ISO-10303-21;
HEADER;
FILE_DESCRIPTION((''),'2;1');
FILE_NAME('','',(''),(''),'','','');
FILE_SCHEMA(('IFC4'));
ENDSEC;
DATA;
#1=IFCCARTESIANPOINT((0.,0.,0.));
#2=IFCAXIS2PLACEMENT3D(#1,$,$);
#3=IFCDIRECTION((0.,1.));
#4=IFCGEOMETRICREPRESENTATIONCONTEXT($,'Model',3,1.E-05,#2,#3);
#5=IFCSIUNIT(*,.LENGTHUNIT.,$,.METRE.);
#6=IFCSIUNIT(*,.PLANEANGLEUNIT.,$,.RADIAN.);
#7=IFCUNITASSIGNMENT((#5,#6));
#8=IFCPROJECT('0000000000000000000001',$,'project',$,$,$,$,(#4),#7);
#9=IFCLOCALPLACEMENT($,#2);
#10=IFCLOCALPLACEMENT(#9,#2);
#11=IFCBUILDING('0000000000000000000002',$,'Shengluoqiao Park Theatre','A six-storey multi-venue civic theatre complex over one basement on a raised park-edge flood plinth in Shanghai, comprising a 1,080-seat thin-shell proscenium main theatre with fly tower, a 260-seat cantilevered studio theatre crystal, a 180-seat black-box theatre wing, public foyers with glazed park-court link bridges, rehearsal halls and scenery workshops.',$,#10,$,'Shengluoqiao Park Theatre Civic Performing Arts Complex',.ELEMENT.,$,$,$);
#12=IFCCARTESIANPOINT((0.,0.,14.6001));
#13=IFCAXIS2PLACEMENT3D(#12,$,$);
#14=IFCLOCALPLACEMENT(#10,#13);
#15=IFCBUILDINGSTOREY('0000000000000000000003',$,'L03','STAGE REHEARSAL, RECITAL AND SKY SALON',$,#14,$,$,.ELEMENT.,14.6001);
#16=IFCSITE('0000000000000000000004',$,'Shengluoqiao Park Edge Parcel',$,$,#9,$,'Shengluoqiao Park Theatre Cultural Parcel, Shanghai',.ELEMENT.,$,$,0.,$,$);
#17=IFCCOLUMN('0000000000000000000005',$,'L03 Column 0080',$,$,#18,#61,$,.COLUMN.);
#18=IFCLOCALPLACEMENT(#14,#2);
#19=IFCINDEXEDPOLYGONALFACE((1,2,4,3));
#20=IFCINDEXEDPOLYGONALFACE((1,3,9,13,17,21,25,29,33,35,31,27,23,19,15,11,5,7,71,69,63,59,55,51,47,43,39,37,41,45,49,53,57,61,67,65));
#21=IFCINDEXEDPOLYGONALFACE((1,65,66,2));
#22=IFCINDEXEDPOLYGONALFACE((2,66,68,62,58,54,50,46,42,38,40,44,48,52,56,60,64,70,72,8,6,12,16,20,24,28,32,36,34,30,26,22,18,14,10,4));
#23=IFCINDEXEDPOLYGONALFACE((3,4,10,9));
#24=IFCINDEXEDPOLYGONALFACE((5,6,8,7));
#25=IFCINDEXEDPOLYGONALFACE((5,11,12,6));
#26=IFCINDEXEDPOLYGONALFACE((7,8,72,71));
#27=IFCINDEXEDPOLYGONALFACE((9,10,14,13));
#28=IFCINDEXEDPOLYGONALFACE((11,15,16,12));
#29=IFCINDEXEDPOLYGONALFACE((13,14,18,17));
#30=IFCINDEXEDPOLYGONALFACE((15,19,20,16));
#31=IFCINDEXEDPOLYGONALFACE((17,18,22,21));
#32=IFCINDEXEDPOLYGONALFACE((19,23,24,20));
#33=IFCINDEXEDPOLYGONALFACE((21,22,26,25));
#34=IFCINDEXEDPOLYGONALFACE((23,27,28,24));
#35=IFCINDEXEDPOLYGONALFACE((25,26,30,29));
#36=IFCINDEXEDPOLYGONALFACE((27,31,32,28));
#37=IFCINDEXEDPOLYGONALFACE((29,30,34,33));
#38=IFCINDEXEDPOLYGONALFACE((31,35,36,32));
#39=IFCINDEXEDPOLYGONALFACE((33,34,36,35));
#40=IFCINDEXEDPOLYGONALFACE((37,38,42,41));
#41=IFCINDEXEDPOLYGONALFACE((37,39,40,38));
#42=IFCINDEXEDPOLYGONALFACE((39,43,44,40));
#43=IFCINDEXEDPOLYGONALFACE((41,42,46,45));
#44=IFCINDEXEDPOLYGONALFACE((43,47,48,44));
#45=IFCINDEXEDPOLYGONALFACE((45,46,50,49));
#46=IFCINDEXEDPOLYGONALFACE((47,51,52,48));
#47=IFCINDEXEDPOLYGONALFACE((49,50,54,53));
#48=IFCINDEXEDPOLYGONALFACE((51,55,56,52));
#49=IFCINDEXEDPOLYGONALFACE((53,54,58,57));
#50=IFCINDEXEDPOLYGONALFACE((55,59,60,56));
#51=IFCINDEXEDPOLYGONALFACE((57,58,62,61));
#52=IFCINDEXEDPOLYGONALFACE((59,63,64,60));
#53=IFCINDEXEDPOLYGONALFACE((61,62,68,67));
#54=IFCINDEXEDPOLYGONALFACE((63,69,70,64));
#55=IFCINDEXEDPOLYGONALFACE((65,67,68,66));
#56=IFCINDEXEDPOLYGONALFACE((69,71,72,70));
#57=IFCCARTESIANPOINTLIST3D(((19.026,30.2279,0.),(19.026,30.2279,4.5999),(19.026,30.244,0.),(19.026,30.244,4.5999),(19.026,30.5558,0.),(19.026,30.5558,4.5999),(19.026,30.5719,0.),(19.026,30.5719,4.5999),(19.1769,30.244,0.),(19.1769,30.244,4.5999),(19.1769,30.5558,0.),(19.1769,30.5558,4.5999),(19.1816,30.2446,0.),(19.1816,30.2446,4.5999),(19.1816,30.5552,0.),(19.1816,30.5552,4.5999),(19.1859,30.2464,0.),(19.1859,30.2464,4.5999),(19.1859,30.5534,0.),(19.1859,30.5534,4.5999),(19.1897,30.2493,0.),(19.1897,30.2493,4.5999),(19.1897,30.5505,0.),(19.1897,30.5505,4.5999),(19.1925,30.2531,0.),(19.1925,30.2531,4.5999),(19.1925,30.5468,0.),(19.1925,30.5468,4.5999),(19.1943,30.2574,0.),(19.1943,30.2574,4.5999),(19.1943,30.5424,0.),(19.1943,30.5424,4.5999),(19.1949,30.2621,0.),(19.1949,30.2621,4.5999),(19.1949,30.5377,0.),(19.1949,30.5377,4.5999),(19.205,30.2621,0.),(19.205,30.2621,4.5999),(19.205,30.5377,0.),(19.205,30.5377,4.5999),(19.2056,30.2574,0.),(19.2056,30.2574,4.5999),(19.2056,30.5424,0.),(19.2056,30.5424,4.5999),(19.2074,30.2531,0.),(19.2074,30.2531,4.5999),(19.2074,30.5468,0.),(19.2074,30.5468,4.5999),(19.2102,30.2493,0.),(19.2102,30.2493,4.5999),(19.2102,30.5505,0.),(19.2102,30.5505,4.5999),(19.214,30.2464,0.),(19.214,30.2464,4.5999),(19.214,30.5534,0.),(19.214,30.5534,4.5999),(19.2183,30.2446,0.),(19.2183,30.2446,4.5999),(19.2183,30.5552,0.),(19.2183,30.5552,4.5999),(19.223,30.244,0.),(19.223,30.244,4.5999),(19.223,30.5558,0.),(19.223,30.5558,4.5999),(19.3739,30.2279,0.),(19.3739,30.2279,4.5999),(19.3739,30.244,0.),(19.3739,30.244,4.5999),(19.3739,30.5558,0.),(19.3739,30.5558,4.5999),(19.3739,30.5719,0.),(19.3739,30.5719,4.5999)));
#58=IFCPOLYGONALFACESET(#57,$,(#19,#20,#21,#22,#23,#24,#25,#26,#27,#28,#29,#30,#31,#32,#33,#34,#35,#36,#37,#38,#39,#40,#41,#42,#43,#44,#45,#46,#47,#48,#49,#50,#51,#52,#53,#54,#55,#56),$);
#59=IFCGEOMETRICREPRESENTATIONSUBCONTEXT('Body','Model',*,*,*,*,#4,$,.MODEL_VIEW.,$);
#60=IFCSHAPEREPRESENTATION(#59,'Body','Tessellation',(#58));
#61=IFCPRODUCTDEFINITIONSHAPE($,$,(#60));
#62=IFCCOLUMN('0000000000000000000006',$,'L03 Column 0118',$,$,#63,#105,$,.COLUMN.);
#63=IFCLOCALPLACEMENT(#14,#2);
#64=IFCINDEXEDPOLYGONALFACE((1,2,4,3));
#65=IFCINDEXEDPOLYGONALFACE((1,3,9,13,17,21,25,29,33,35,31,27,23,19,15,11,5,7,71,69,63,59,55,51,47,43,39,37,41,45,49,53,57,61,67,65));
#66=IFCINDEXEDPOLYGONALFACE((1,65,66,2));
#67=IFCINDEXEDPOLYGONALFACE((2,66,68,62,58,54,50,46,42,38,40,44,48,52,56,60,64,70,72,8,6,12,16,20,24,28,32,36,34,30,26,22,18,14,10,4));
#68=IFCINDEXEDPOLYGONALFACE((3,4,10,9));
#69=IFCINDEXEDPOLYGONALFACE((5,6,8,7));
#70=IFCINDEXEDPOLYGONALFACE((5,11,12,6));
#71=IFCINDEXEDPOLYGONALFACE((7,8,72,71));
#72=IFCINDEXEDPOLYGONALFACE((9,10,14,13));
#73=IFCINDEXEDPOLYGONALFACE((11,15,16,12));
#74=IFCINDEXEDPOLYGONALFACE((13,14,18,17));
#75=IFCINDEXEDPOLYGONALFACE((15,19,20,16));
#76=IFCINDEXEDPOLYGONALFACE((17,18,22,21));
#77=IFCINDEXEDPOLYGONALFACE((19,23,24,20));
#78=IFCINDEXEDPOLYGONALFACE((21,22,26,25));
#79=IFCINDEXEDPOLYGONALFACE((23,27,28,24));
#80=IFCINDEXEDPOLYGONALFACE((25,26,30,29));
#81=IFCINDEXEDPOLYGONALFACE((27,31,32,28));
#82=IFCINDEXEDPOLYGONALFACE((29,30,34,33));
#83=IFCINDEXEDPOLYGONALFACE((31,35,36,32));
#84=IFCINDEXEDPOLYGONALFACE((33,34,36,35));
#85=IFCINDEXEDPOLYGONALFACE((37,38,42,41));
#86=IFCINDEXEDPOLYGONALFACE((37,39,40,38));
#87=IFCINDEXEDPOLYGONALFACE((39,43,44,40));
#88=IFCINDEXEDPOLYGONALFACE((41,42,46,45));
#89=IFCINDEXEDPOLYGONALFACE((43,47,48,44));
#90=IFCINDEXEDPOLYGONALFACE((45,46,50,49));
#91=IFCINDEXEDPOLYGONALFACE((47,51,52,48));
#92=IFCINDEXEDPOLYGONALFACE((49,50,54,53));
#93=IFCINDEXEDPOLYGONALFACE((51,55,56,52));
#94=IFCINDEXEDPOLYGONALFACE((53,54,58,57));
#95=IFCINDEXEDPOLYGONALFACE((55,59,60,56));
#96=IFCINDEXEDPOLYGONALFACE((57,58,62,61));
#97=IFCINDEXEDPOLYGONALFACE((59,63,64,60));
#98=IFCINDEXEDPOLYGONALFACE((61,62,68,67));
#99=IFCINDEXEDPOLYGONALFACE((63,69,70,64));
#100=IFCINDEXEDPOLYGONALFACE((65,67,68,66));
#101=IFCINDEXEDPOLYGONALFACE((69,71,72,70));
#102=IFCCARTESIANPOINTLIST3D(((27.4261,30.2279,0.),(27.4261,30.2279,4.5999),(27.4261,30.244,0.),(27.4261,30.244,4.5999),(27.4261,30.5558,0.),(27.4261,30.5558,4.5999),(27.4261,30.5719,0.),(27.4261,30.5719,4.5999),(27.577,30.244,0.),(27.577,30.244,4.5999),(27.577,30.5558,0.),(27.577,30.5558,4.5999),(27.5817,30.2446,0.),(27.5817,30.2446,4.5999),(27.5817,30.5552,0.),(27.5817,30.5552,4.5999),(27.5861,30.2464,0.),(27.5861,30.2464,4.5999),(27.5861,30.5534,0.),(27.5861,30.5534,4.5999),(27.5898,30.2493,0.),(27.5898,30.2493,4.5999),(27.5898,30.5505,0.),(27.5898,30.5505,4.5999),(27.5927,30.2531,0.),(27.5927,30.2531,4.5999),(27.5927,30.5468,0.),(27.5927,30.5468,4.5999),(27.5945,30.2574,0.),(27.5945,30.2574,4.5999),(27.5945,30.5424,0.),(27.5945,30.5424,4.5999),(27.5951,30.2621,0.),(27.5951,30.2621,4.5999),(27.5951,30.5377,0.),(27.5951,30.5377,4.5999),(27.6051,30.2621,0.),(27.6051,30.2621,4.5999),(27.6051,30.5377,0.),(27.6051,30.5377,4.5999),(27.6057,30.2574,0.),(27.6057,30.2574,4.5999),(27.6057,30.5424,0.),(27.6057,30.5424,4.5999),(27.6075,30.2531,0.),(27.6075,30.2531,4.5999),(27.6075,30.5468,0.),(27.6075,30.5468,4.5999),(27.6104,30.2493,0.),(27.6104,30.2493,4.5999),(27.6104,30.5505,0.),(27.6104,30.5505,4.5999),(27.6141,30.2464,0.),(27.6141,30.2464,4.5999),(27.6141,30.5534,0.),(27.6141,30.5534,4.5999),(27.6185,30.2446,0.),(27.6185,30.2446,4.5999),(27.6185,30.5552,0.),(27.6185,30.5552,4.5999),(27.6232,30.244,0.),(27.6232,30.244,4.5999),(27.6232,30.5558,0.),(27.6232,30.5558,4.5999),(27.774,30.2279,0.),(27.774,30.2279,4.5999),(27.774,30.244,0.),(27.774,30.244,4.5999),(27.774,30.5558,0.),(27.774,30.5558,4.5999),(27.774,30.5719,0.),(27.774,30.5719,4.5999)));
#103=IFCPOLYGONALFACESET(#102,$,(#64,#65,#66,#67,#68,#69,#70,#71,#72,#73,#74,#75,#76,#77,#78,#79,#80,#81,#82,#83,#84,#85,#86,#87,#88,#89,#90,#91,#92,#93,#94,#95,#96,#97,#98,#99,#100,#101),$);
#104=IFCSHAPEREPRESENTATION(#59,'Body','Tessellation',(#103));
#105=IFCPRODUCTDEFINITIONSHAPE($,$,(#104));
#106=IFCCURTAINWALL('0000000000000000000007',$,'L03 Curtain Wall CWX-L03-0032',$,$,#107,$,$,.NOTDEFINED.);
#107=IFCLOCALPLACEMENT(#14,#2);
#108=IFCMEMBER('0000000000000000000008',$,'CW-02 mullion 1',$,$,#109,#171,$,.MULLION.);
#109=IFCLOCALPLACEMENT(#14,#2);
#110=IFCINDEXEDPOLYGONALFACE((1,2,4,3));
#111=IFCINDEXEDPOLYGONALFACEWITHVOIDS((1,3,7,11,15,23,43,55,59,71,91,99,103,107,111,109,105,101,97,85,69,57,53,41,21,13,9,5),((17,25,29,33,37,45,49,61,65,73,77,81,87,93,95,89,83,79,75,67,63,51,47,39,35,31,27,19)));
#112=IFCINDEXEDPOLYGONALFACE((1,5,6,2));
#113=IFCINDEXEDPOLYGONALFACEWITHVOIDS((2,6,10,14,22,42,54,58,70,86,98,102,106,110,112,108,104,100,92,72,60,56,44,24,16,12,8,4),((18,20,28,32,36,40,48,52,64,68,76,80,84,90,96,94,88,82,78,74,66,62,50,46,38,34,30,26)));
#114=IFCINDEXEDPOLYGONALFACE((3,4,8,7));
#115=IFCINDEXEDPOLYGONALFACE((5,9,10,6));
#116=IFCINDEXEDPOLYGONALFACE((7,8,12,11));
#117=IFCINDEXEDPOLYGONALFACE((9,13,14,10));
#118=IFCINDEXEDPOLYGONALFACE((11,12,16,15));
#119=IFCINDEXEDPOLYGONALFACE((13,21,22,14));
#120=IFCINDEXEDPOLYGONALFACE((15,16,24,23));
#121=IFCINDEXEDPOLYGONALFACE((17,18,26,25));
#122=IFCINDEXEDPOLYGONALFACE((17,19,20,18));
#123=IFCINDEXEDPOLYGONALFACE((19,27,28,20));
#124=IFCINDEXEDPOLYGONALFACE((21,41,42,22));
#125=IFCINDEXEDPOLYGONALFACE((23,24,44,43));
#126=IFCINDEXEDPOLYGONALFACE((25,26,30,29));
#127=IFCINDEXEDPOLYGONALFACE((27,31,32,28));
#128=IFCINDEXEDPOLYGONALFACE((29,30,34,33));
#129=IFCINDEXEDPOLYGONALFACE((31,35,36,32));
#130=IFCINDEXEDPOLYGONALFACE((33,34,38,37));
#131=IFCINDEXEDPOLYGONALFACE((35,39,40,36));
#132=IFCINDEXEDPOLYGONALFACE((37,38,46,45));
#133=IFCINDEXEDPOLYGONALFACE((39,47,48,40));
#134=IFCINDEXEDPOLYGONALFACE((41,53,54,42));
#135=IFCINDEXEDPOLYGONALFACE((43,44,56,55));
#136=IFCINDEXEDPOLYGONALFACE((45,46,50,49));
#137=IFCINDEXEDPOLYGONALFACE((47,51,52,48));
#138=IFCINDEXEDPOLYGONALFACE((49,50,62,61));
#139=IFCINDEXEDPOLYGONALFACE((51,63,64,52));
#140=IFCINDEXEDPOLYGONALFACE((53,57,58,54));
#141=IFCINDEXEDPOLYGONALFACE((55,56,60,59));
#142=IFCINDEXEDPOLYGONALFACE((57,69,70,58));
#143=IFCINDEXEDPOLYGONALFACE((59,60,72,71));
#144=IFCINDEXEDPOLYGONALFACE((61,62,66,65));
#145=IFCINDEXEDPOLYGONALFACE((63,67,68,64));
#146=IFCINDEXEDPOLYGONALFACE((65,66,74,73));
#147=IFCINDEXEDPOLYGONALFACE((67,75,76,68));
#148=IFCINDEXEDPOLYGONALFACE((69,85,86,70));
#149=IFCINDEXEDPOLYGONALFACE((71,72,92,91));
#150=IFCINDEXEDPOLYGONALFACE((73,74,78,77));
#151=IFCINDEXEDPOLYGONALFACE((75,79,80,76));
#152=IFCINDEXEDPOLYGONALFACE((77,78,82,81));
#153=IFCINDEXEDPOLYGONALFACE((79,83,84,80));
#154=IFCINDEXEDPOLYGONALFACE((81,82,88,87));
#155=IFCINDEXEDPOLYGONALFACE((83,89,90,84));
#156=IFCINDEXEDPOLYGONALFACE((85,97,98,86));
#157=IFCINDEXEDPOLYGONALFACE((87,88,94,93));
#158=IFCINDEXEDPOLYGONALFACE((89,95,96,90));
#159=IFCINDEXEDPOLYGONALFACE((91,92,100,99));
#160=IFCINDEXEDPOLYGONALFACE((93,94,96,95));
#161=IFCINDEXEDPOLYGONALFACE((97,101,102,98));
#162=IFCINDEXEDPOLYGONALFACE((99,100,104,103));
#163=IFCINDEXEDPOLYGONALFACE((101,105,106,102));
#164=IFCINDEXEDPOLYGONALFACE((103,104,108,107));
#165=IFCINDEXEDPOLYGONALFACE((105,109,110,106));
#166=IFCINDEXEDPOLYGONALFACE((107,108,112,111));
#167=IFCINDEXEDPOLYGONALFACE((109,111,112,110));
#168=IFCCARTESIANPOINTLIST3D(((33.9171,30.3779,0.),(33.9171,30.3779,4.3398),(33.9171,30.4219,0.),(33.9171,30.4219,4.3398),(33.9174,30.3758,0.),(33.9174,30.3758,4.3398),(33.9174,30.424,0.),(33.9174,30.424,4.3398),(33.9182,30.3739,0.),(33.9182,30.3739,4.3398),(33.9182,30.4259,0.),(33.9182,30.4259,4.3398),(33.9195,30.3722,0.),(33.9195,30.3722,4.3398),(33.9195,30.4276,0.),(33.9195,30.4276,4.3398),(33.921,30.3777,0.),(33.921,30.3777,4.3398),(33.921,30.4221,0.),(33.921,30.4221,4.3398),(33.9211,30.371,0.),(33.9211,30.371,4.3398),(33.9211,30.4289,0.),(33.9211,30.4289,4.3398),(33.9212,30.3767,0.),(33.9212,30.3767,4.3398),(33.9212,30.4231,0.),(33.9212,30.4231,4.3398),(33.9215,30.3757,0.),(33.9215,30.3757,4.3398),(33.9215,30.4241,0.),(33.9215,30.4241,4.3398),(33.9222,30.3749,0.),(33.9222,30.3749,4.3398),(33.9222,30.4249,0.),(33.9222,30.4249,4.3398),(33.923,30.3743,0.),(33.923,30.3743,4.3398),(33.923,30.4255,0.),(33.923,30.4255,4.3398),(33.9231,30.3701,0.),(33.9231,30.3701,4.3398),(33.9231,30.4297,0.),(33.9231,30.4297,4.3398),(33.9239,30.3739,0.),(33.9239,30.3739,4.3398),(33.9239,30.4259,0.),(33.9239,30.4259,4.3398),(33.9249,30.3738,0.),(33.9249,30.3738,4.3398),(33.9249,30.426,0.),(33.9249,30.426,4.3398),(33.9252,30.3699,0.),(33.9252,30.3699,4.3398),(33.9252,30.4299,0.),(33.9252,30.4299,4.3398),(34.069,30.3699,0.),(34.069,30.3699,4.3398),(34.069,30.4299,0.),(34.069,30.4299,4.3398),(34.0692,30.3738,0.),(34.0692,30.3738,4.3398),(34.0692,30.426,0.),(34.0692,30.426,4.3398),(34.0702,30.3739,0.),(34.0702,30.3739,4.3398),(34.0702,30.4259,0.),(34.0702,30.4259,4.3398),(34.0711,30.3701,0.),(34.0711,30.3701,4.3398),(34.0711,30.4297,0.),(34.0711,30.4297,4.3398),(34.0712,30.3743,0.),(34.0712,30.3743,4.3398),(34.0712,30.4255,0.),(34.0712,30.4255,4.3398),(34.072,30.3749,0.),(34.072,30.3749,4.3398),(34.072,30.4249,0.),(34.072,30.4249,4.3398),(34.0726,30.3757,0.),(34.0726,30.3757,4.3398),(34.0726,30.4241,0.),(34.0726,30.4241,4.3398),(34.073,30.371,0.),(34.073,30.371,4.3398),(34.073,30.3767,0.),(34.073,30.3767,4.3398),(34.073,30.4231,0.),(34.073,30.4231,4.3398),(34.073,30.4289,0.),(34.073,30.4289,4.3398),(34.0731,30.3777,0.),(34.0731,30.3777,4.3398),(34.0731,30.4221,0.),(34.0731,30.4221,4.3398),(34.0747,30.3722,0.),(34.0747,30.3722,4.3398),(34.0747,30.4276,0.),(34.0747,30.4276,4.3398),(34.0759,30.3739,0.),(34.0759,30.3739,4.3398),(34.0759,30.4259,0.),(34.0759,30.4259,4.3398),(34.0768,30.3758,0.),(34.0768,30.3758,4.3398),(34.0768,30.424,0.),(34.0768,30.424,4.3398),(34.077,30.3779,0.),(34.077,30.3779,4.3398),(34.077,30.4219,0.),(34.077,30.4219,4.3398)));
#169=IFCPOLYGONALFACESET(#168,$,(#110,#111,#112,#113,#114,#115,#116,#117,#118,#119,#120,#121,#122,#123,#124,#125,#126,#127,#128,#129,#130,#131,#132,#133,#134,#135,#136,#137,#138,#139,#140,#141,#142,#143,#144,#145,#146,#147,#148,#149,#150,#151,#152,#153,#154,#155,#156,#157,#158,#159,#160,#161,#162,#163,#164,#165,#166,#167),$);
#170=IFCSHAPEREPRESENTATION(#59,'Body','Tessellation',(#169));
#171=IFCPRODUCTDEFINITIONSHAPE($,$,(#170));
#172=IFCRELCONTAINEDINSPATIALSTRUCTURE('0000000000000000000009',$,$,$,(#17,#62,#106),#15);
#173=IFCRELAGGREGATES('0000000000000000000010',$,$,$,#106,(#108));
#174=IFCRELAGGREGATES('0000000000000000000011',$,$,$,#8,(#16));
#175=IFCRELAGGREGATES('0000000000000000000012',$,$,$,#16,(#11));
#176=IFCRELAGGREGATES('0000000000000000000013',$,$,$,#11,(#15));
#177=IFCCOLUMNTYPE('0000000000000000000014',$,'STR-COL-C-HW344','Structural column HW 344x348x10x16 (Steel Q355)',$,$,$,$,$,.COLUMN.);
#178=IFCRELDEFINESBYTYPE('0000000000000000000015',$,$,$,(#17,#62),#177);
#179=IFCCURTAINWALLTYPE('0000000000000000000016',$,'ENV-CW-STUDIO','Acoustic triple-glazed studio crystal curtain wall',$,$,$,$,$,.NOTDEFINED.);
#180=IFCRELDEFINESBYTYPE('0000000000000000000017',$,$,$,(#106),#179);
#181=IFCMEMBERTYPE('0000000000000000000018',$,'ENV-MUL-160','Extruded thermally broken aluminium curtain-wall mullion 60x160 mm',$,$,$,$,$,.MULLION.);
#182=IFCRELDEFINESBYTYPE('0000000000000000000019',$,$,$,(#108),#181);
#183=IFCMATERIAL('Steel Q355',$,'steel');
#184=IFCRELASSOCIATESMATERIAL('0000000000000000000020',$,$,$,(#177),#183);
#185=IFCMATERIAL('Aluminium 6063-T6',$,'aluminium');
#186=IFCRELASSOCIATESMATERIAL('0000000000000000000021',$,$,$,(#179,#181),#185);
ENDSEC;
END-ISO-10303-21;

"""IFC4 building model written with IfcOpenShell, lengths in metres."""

from ifc_helpers import new_model, si_unit, direction, frame, origin, origin_2d, place, context, subcontext, project, spatial, hollow_rectangle, i_section, extrude, material, material_profile, profile_set, type_object, element, aggregate, save


model = new_model("IFC4")

# Units and contexts
model_context = context("Model", 3, precision=1e-05, world=origin(), true_north=direction((0.0, 1.0)))
body_context = subcontext(model_context, "Body", "Model", "MODEL_VIEW")
ifc_project = project(units=[si_unit("LENGTHUNIT", "METRE"), si_unit("PLANEANGLEUNIT", "RADIAN")], contexts=[model_context])

# Site, building, storey
site_placement = place(None, origin())
site = spatial("IfcSite", under=ifc_project, at=site_placement, Name="Shengluoqiao Park Edge Parcel", LongName="Shengluoqiao Park Theatre Cultural Parcel, Shanghai", CompositionType="ELEMENT", RefElevation=0.0)
building_placement = place(site_placement, origin())
building = spatial("IfcBuilding", under=site, at=building_placement, Name="Shengluoqiao Park Theatre", Description="A six-storey multi-venue civic theatre complex over one basement on a raised park-edge flood plinth in Shanghai, comprising a 1,080-seat thin-shell proscenium main theatre with fly tower, a 260-seat cantilevered studio theatre crystal, a 180-seat black-box theatre wing, public foyers with glazed park-court link bridges, rehearsal halls and scenery workshops.", LongName="Shengluoqiao Park Theatre Civic Performing Arts Complex", CompositionType="ELEMENT")
storey_placement = place(building_placement, frame((0.0, 0.0, 14.6001)))
storey = spatial("IfcBuildingStorey", under=building, at=storey_placement, Name="L03", Description="STAGE REHEARSAL, RECITAL AND SKY SALON", CompositionType="ELEMENT", Elevation=14.6001)

# Columns
ifc_material_1 = material(Name="Steel Q355", Category="steel")
ifc_material_profile_1 = material_profile(ifc_material_1, i_section(OverallWidth=0.3479, OverallDepth=0.344, WebThickness=0.01, FlangeThickness=0.0161, FilletRadius=0.0181, at=origin_2d()), Name="HW 344x348x10x16")
ifc_profile_set_1 = profile_set([ifc_material_profile_1], Name="Steel Q355")
column_type = type_object("IfcColumnType", Name="STR-COL-C-HW344", Description="Structural column HW 344x348x10x16 (Steel Q355)", PredefinedType="COLUMN", material=ifc_profile_set_1)
for number, where, z_axis, x_axis, name in (
    (1, (19.2, 30.3999, 0.0), (0.0, 0.0, 1.0), (1.0, 0.0, 0.0), "L03 Column 0080"),
    (2, (27.6001, 30.3999, 0.0), (0.0, 0.0, 1.0), (1.0, 0.0, 0.0), "L03 Column 0118"),
):
    element("IfcColumn", number, at=place(storey_placement, frame(where, z_axis=z_axis, x_axis=x_axis)), inside=storey, type_object=column_type, Name=name, PredefinedType="COLUMN", context=body_context, shape_type="SweptSolid", body=[
        extrude(i_section(OverallWidth=0.3479, OverallDepth=0.344, WebThickness=0.01, FlangeThickness=0.0161, FilletRadius=0.0181, at=origin_2d()), origin(), (0.0, 0.0, 1.0), 4.5999),
    ])

# Curtain wall, member
ifc_material_2 = material(Name="Aluminium 6063-T6", Category="aluminium")
curtain_wall_type = type_object("IfcCurtainWallType", Name="ENV-CW-STUDIO", Description="Acoustic triple-glazed studio crystal curtain wall", PredefinedType="NOTDEFINED", material=ifc_material_2)
curtain_wall_placement = place(storey_placement, origin())
curtain_wall = element("IfcCurtainWall", 3, at=curtain_wall_placement, inside=storey, type_object=curtain_wall_type, Name="L03 Curtain Wall CWX-L03-0032", PredefinedType="NOTDEFINED")
ifc_material_profile_2 = material_profile(ifc_material_2, hollow_rectangle(XDim=0.0601, YDim=0.1599, WallThickness=0.0039, InnerFilletRadius=0.0039, OuterFilletRadius=0.0081, at=origin_2d()), Name="ALU MULLION 160x60x4")
ifc_profile_set_2 = profile_set([ifc_material_profile_2], Name="Aluminium 6063-T6")
member_type_1 = type_object("IfcMemberType", Name="ENV-MUL-160", Description="Extruded thermally broken aluminium curtain-wall mullion 60x160 mm", PredefinedType="MULLION", material=ifc_profile_set_2)
member_1_placement = place(storey_placement, frame((33.9971, 30.3999, 0.0), z_axis=(0.0, 0.0, 1.0), x_axis=(0.0, 1.0, 0.0)))
member_1 = element("IfcMember", 4, at=member_1_placement, type_object=member_type_1, Name="CW-02 mullion 1", PredefinedType="MULLION", context=body_context, shape_type="SweptSolid", body=[
    extrude(hollow_rectangle(XDim=0.0601, YDim=0.1599, WallThickness=0.0039, InnerFilletRadius=0.0039, OuterFilletRadius=0.0081, at=origin_2d()), origin(), (0.0, 0.0, 1.0), 4.3398),
])

aggregate(curtain_wall, [member_1])

save(model, "model.ifc")
